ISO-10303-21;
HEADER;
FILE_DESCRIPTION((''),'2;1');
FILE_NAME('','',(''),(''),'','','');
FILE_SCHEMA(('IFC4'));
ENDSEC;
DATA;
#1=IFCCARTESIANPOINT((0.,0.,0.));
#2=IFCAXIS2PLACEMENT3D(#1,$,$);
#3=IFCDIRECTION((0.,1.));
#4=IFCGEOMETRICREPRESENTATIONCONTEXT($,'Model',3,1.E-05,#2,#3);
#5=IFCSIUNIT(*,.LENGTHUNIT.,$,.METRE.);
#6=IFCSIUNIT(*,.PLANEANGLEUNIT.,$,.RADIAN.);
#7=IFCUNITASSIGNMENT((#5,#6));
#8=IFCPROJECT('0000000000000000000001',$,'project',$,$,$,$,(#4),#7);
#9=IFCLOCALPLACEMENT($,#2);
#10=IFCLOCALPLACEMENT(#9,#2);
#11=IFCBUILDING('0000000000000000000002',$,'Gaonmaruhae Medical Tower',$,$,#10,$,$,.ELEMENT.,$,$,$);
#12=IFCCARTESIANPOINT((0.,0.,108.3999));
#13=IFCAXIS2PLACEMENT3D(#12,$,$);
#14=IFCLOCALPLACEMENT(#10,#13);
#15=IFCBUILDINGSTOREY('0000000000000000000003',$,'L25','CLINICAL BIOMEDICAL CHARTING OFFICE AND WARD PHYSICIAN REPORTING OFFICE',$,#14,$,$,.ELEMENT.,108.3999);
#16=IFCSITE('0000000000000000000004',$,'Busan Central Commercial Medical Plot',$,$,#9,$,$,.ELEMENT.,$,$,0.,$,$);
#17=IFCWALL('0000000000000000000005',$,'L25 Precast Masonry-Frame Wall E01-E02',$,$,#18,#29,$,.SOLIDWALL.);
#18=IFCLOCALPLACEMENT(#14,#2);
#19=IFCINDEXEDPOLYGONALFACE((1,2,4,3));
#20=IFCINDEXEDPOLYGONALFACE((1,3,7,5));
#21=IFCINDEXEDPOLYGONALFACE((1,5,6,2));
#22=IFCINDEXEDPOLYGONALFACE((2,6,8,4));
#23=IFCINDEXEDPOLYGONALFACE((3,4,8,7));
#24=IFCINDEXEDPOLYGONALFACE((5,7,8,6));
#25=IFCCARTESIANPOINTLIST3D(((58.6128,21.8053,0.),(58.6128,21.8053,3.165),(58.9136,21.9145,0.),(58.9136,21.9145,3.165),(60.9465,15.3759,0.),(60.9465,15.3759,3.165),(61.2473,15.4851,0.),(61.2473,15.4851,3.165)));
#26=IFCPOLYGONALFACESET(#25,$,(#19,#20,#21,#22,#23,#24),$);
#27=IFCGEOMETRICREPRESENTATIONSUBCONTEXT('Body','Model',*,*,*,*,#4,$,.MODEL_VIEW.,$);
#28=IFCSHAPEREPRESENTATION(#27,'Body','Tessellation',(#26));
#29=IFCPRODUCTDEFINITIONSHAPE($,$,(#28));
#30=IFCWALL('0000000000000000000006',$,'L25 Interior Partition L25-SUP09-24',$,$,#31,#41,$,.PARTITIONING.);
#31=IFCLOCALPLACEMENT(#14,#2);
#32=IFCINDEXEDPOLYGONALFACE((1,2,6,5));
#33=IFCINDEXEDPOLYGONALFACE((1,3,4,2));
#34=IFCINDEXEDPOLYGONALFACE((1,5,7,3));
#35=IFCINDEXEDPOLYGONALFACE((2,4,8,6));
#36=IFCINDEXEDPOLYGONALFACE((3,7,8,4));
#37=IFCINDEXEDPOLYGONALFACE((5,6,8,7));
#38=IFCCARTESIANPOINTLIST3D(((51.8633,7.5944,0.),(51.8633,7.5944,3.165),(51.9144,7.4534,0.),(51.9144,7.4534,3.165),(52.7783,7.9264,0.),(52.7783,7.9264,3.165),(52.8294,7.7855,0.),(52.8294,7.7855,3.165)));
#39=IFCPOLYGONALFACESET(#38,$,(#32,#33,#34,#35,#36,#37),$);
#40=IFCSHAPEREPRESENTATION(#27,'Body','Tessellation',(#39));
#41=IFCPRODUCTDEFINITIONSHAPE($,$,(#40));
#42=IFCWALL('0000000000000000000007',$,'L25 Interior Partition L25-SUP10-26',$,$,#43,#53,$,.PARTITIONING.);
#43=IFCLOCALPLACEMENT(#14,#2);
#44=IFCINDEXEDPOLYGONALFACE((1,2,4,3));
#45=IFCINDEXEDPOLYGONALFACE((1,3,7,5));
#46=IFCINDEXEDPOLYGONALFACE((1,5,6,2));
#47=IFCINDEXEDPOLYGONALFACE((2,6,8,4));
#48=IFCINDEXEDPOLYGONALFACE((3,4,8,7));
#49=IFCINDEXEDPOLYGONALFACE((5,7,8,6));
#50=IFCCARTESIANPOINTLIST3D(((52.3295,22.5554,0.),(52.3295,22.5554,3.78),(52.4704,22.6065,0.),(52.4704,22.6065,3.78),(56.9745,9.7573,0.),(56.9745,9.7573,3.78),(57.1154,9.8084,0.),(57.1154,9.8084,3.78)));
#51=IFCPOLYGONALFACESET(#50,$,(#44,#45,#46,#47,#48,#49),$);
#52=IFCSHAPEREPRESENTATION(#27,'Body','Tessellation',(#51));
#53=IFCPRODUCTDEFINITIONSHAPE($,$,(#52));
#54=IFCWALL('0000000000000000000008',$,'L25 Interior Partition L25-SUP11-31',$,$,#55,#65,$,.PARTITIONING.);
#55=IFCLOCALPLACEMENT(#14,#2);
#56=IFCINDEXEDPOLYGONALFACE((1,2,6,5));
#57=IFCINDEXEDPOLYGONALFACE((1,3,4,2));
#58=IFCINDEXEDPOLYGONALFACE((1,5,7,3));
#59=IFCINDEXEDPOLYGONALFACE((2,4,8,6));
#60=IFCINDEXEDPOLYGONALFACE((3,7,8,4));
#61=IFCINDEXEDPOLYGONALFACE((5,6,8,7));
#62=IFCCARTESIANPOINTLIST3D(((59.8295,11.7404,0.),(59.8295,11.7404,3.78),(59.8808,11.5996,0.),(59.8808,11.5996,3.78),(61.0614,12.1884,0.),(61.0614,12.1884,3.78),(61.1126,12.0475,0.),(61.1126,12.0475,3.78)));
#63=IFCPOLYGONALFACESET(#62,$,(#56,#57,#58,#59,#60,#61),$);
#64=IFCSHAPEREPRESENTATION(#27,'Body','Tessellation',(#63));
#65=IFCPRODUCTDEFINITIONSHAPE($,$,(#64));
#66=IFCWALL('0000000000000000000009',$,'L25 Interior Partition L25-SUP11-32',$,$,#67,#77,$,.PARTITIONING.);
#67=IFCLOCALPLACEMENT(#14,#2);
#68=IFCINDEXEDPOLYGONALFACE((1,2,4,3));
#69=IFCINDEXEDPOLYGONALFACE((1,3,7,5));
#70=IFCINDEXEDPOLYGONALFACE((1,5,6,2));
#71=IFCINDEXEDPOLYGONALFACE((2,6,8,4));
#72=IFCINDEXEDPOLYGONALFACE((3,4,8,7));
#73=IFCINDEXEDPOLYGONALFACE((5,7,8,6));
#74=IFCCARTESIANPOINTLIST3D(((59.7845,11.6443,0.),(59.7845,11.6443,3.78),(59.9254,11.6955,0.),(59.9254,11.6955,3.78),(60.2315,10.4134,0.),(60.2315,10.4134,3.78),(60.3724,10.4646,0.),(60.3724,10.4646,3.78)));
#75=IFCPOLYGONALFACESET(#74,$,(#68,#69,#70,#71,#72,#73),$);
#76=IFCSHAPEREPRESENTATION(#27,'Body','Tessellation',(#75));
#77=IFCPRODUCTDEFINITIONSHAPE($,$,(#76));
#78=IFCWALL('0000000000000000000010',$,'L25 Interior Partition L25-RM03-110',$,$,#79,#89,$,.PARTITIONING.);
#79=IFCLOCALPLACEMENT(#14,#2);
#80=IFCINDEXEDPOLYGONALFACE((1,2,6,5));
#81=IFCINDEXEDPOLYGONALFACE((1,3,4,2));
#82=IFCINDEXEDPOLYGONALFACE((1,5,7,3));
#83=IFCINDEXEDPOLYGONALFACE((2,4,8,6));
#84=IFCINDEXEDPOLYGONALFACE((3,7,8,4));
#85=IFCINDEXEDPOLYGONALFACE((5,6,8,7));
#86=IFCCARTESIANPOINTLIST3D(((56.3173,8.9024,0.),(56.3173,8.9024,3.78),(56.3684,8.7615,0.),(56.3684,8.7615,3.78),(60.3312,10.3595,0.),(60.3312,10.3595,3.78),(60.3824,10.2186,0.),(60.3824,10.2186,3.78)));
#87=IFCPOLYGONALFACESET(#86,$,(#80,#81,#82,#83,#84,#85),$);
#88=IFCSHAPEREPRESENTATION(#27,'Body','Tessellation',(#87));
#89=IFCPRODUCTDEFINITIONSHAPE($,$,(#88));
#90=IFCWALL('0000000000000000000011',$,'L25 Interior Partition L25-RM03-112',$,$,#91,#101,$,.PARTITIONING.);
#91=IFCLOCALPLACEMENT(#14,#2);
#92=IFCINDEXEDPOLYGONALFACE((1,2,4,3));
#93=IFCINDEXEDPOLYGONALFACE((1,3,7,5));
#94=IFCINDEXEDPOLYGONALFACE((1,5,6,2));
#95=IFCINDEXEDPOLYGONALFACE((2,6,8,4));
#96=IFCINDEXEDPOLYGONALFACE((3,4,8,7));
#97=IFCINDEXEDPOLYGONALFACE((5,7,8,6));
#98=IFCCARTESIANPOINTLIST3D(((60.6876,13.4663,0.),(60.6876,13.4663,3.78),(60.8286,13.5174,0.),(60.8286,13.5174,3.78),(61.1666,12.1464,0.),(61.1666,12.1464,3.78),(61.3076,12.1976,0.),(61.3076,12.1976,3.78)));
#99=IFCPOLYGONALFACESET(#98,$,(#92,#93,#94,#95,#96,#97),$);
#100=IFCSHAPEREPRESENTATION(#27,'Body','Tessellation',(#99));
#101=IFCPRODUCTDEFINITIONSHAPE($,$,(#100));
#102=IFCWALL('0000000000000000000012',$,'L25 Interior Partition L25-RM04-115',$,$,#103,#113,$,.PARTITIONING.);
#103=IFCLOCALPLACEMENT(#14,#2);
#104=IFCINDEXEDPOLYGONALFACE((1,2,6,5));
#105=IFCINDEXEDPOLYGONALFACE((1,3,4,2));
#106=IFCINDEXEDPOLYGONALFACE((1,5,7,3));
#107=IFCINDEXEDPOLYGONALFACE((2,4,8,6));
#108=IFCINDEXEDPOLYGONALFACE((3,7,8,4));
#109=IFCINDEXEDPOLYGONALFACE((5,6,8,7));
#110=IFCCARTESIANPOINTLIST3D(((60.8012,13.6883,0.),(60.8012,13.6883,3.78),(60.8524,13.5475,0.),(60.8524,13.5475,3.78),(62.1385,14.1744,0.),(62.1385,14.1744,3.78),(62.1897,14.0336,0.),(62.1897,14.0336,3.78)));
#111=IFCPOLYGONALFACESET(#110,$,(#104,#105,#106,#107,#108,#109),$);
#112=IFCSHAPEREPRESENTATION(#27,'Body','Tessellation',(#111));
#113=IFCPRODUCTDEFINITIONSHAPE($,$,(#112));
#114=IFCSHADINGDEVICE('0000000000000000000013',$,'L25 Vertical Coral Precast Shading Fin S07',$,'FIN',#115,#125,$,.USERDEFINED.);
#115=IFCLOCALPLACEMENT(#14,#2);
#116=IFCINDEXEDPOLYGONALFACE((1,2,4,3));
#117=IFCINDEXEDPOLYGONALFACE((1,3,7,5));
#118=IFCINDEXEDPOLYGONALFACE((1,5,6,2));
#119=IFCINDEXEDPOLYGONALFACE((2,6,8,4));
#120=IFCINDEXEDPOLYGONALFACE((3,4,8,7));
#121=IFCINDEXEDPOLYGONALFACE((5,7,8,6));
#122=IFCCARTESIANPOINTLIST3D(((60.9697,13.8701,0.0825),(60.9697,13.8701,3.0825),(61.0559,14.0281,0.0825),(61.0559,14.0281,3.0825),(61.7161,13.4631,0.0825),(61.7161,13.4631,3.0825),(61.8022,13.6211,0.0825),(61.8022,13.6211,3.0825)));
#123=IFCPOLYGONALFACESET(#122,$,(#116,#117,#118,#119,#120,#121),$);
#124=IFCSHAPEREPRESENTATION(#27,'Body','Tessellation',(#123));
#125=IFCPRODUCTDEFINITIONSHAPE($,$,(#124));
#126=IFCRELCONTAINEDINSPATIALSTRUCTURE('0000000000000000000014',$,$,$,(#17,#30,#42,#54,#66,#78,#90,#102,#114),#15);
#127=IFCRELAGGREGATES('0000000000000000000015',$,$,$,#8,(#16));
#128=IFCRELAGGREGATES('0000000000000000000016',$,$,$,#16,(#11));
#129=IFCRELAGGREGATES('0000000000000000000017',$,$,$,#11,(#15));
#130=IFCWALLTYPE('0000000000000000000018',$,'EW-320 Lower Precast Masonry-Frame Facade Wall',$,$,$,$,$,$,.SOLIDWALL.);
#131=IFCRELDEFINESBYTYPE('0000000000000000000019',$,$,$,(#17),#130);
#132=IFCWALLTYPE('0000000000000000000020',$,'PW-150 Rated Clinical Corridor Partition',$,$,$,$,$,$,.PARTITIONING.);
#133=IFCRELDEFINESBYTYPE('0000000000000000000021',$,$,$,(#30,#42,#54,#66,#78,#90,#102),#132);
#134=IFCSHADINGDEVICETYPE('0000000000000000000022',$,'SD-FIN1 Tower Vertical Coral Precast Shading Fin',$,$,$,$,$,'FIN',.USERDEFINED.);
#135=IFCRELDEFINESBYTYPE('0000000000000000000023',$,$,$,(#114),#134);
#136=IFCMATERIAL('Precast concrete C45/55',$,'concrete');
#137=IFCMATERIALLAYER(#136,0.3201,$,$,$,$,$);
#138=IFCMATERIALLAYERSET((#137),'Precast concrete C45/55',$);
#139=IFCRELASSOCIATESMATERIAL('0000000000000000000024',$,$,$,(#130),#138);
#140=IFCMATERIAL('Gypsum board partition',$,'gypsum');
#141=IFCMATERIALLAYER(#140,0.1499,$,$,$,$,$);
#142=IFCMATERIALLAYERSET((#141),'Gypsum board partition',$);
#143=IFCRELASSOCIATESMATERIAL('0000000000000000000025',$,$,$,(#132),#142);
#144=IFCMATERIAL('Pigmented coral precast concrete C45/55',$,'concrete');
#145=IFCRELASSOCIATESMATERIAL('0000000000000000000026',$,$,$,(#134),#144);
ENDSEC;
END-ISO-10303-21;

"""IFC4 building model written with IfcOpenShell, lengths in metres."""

from ifc_helpers import new_model, si_unit, direction, frame, frame_2d, origin, origin_2d, place, context, subcontext, project, spatial, rectangle, extrude, material, layer, layer_set, type_object, element, save


model = new_model("IFC4")

# Units and contexts
model_context = context("Model", 3, precision=1e-05, world=origin(), true_north=direction((0.0, 1.0)))
body_context = subcontext(model_context, "Body", "Model", "MODEL_VIEW")
ifc_project = project(units=[si_unit("LENGTHUNIT", "METRE"), si_unit("PLANEANGLEUNIT", "RADIAN")], contexts=[model_context])

# Site, building, storey
site_placement = place(None, origin())
site = spatial("IfcSite", under=ifc_project, at=site_placement, Name="Busan Central Commercial Medical Plot", CompositionType="ELEMENT", RefElevation=0.0)
building_placement = place(site_placement, origin())
building = spatial("IfcBuilding", under=site, at=building_placement, Name="Gaonmaruhae Medical Tower", CompositionType="ELEMENT")
storey_placement = place(building_placement, frame((0.0, 0.0, 108.3999)))
storey = spatial("IfcBuildingStorey", under=building, at=storey_placement, Name="L25", Description="CLINICAL BIOMEDICAL CHARTING OFFICE AND WARD PHYSICIAN REPORTING OFFICE", CompositionType="ELEMENT", Elevation=108.3999)

# Shared definitions
ifc_material_1 = material(Name="Precast concrete C45/55", Category="concrete")
ifc_layer_1 = layer(ifc_material_1, 0.3201)
ifc_layer_set_1 = layer_set([ifc_layer_1], Name="Precast concrete C45/55")
wall_type_1 = type_object("IfcWallType", Name="EW-320 Lower Precast Masonry-Frame Facade Wall", PredefinedType="SOLIDWALL", material=ifc_layer_set_1)

# Walls
wall_1_placement = place(storey_placement, frame((58.7632, 21.8599, 0.0), z_axis=(0.0, 0.0, 1.0), x_axis=(0.341196, -0.939992, 0.0)))
element("IfcWall", 1, at=wall_1_placement, inside=storey, type_object=wall_type_1, Name="L25 Precast Masonry-Frame Wall E01-E02", PredefinedType="SOLIDWALL", context=body_context, shape_type="SweptSolid", body=[
    extrude(rectangle(XDim=6.8398, YDim=0.3201, at=frame_2d((3.4199, 0.0))), origin(), (0.0, 0.0, 1.0), 3.165),
])
ifc_material_2 = material(Name="Gypsum board partition", Category="gypsum")
ifc_layer_2 = layer(ifc_material_2, 0.1499)
ifc_layer_set_2 = layer_set([ifc_layer_2], Name="Gypsum board partition")
wall_type_2 = type_object("IfcWallType", Name="PW-150 Rated Clinical Corridor Partition", PredefinedType="PARTITIONING", material=ifc_layer_set_2)
wall_2_placement = place(storey_placement, frame((52.804, 7.856, 0.0), z_axis=(0.0, 0.0, 1.0), x_axis=(-0.940028, -0.341099, 0.0)))
element("IfcWall", 2, at=wall_2_placement, inside=storey, type_object=wall_type_2, Name="L25 Interior Partition L25-SUP09-24", PredefinedType="PARTITIONING", context=body_context, shape_type="SweptSolid", body=[
    extrude(rectangle(XDim=0.9734, YDim=0.1499, at=frame_2d((0.4868, 0.0))), origin(), (0.0, 0.0, 1.0), 3.165),
])
wall_3_placement = place(storey_placement, frame((52.3999, 22.5811, 0.0), z_axis=(0.0, 0.0, 1.0), x_axis=(0.34117, -0.940002, 0.0)))
element("IfcWall", 3, at=wall_3_placement, inside=storey, type_object=wall_type_2, Name="L25 Interior Partition L25-SUP10-26", PredefinedType="PARTITIONING", context=body_context, shape_type="SweptSolid", body=[
    extrude(rectangle(XDim=13.615, YDim=0.1499, at=frame_2d((6.8076, 0.0))), origin(), (0.0, 0.0, 1.0), 3.78),
])
wall_4_placement = place(storey_placement, frame((61.0869, 12.1179, 0.0), z_axis=(0.0, 0.0, 1.0), x_axis=(-0.939788, -0.341758, 0.0)))
element("IfcWall", 4, at=wall_4_placement, inside=storey, type_object=wall_type_2, Name="L25 Interior Partition L25-SUP11-31", PredefinedType="PARTITIONING", context=body_context, shape_type="SweptSolid", body=[
    extrude(rectangle(XDim=1.3108, YDim=0.1499, at=frame_2d((0.6553, 0.0))), origin(), (0.0, 0.0, 1.0), 3.78),
])
wall_5_placement = place(storey_placement, frame((59.855, 11.6699, 0.0), z_axis=(0.0, 0.0, 1.0), x_axis=(0.341339, -0.93994, 0.0)))
element("IfcWall", 5, at=wall_5_placement, inside=storey, type_object=wall_type_2, Name="L25 Interior Partition L25-SUP11-32", PredefinedType="PARTITIONING", context=body_context, shape_type="SweptSolid", body=[
    extrude(rectangle(XDim=1.3096, YDim=0.1499, at=frame_2d((0.6548, 0.0))), origin(), (0.0, 0.0, 1.0), 3.78),
])
wall_6_placement = place(storey_placement, frame((60.3569, 10.2891, 0.0), z_axis=(0.0, 0.0, 1.0), x_axis=(-0.939987, -0.341211, 0.0)))
element("IfcWall", 6, at=wall_6_placement, inside=storey, type_object=wall_type_2, Name="L25 Interior Partition L25-RM03-110", PredefinedType="PARTITIONING", context=body_context, shape_type="SweptSolid", body=[
    extrude(rectangle(XDim=4.2703, YDim=0.1499, at=frame_2d((2.1353, 0.0))), origin(), (0.0, 0.0, 1.0), 3.78),
])
wall_7_placement = place(storey_placement, frame((60.7581, 13.4919, 0.0), z_axis=(0.0, 0.0, 1.0), x_axis=(0.341157, -0.940006, 0.0)))
element("IfcWall", 7, at=wall_7_placement, inside=storey, type_object=wall_type_2, Name="L25 Interior Partition L25-RM03-112", PredefinedType="PARTITIONING", context=body_context, shape_type="SweptSolid", body=[
    extrude(rectangle(XDim=1.4041, YDim=0.1499, at=frame_2d((0.7021, 0.0))), origin(), (0.0, 0.0, 1.0), 3.78),
])
wall_8_placement = place(storey_placement, frame((62.1641, 14.104, 0.0), z_axis=(0.0, 0.0, 1.0), x_axis=(-0.939828, -0.341647, 0.0)))
element("IfcWall", 8, at=wall_8_placement, inside=storey, type_object=wall_type_2, Name="L25 Interior Partition L25-RM04-115", PredefinedType="PARTITIONING", context=body_context, shape_type="SweptSolid", body=[
    extrude(rectangle(XDim=1.4229, YDim=0.1499, at=frame_2d((0.7114, 0.0))), origin(), (0.0, 0.0, 1.0), 3.78),
])

# Shading device
ifc_material_3 = material(Name="Pigmented coral precast concrete C45/55", Category="concrete")
shading_device_type = type_object("IfcShadingDeviceType", Name="SD-FIN1 Tower Vertical Coral Precast Shading Fin", ElementType="FIN", PredefinedType="USERDEFINED", material=ifc_material_3)
shading_device_placement = place(storey_placement, frame((61.386, 13.7456, 0.0825), z_axis=(0.0, 0.0, 1.0), x_axis=(-0.478707, -0.877975, 0.0)))
element("IfcShadingDevice", 9, at=shading_device_placement, inside=storey, type_object=shading_device_type, Name="L25 Vertical Coral Precast Shading Fin S07", ObjectType="FIN", PredefinedType="USERDEFINED", context=body_context, shape_type="SweptSolid", body=[
    extrude(rectangle(XDim=0.1799, YDim=0.8501, at=origin_2d()), origin(), (0.0, 0.0, 1.0), 3.0),
])

save(model, "model.ifc")
